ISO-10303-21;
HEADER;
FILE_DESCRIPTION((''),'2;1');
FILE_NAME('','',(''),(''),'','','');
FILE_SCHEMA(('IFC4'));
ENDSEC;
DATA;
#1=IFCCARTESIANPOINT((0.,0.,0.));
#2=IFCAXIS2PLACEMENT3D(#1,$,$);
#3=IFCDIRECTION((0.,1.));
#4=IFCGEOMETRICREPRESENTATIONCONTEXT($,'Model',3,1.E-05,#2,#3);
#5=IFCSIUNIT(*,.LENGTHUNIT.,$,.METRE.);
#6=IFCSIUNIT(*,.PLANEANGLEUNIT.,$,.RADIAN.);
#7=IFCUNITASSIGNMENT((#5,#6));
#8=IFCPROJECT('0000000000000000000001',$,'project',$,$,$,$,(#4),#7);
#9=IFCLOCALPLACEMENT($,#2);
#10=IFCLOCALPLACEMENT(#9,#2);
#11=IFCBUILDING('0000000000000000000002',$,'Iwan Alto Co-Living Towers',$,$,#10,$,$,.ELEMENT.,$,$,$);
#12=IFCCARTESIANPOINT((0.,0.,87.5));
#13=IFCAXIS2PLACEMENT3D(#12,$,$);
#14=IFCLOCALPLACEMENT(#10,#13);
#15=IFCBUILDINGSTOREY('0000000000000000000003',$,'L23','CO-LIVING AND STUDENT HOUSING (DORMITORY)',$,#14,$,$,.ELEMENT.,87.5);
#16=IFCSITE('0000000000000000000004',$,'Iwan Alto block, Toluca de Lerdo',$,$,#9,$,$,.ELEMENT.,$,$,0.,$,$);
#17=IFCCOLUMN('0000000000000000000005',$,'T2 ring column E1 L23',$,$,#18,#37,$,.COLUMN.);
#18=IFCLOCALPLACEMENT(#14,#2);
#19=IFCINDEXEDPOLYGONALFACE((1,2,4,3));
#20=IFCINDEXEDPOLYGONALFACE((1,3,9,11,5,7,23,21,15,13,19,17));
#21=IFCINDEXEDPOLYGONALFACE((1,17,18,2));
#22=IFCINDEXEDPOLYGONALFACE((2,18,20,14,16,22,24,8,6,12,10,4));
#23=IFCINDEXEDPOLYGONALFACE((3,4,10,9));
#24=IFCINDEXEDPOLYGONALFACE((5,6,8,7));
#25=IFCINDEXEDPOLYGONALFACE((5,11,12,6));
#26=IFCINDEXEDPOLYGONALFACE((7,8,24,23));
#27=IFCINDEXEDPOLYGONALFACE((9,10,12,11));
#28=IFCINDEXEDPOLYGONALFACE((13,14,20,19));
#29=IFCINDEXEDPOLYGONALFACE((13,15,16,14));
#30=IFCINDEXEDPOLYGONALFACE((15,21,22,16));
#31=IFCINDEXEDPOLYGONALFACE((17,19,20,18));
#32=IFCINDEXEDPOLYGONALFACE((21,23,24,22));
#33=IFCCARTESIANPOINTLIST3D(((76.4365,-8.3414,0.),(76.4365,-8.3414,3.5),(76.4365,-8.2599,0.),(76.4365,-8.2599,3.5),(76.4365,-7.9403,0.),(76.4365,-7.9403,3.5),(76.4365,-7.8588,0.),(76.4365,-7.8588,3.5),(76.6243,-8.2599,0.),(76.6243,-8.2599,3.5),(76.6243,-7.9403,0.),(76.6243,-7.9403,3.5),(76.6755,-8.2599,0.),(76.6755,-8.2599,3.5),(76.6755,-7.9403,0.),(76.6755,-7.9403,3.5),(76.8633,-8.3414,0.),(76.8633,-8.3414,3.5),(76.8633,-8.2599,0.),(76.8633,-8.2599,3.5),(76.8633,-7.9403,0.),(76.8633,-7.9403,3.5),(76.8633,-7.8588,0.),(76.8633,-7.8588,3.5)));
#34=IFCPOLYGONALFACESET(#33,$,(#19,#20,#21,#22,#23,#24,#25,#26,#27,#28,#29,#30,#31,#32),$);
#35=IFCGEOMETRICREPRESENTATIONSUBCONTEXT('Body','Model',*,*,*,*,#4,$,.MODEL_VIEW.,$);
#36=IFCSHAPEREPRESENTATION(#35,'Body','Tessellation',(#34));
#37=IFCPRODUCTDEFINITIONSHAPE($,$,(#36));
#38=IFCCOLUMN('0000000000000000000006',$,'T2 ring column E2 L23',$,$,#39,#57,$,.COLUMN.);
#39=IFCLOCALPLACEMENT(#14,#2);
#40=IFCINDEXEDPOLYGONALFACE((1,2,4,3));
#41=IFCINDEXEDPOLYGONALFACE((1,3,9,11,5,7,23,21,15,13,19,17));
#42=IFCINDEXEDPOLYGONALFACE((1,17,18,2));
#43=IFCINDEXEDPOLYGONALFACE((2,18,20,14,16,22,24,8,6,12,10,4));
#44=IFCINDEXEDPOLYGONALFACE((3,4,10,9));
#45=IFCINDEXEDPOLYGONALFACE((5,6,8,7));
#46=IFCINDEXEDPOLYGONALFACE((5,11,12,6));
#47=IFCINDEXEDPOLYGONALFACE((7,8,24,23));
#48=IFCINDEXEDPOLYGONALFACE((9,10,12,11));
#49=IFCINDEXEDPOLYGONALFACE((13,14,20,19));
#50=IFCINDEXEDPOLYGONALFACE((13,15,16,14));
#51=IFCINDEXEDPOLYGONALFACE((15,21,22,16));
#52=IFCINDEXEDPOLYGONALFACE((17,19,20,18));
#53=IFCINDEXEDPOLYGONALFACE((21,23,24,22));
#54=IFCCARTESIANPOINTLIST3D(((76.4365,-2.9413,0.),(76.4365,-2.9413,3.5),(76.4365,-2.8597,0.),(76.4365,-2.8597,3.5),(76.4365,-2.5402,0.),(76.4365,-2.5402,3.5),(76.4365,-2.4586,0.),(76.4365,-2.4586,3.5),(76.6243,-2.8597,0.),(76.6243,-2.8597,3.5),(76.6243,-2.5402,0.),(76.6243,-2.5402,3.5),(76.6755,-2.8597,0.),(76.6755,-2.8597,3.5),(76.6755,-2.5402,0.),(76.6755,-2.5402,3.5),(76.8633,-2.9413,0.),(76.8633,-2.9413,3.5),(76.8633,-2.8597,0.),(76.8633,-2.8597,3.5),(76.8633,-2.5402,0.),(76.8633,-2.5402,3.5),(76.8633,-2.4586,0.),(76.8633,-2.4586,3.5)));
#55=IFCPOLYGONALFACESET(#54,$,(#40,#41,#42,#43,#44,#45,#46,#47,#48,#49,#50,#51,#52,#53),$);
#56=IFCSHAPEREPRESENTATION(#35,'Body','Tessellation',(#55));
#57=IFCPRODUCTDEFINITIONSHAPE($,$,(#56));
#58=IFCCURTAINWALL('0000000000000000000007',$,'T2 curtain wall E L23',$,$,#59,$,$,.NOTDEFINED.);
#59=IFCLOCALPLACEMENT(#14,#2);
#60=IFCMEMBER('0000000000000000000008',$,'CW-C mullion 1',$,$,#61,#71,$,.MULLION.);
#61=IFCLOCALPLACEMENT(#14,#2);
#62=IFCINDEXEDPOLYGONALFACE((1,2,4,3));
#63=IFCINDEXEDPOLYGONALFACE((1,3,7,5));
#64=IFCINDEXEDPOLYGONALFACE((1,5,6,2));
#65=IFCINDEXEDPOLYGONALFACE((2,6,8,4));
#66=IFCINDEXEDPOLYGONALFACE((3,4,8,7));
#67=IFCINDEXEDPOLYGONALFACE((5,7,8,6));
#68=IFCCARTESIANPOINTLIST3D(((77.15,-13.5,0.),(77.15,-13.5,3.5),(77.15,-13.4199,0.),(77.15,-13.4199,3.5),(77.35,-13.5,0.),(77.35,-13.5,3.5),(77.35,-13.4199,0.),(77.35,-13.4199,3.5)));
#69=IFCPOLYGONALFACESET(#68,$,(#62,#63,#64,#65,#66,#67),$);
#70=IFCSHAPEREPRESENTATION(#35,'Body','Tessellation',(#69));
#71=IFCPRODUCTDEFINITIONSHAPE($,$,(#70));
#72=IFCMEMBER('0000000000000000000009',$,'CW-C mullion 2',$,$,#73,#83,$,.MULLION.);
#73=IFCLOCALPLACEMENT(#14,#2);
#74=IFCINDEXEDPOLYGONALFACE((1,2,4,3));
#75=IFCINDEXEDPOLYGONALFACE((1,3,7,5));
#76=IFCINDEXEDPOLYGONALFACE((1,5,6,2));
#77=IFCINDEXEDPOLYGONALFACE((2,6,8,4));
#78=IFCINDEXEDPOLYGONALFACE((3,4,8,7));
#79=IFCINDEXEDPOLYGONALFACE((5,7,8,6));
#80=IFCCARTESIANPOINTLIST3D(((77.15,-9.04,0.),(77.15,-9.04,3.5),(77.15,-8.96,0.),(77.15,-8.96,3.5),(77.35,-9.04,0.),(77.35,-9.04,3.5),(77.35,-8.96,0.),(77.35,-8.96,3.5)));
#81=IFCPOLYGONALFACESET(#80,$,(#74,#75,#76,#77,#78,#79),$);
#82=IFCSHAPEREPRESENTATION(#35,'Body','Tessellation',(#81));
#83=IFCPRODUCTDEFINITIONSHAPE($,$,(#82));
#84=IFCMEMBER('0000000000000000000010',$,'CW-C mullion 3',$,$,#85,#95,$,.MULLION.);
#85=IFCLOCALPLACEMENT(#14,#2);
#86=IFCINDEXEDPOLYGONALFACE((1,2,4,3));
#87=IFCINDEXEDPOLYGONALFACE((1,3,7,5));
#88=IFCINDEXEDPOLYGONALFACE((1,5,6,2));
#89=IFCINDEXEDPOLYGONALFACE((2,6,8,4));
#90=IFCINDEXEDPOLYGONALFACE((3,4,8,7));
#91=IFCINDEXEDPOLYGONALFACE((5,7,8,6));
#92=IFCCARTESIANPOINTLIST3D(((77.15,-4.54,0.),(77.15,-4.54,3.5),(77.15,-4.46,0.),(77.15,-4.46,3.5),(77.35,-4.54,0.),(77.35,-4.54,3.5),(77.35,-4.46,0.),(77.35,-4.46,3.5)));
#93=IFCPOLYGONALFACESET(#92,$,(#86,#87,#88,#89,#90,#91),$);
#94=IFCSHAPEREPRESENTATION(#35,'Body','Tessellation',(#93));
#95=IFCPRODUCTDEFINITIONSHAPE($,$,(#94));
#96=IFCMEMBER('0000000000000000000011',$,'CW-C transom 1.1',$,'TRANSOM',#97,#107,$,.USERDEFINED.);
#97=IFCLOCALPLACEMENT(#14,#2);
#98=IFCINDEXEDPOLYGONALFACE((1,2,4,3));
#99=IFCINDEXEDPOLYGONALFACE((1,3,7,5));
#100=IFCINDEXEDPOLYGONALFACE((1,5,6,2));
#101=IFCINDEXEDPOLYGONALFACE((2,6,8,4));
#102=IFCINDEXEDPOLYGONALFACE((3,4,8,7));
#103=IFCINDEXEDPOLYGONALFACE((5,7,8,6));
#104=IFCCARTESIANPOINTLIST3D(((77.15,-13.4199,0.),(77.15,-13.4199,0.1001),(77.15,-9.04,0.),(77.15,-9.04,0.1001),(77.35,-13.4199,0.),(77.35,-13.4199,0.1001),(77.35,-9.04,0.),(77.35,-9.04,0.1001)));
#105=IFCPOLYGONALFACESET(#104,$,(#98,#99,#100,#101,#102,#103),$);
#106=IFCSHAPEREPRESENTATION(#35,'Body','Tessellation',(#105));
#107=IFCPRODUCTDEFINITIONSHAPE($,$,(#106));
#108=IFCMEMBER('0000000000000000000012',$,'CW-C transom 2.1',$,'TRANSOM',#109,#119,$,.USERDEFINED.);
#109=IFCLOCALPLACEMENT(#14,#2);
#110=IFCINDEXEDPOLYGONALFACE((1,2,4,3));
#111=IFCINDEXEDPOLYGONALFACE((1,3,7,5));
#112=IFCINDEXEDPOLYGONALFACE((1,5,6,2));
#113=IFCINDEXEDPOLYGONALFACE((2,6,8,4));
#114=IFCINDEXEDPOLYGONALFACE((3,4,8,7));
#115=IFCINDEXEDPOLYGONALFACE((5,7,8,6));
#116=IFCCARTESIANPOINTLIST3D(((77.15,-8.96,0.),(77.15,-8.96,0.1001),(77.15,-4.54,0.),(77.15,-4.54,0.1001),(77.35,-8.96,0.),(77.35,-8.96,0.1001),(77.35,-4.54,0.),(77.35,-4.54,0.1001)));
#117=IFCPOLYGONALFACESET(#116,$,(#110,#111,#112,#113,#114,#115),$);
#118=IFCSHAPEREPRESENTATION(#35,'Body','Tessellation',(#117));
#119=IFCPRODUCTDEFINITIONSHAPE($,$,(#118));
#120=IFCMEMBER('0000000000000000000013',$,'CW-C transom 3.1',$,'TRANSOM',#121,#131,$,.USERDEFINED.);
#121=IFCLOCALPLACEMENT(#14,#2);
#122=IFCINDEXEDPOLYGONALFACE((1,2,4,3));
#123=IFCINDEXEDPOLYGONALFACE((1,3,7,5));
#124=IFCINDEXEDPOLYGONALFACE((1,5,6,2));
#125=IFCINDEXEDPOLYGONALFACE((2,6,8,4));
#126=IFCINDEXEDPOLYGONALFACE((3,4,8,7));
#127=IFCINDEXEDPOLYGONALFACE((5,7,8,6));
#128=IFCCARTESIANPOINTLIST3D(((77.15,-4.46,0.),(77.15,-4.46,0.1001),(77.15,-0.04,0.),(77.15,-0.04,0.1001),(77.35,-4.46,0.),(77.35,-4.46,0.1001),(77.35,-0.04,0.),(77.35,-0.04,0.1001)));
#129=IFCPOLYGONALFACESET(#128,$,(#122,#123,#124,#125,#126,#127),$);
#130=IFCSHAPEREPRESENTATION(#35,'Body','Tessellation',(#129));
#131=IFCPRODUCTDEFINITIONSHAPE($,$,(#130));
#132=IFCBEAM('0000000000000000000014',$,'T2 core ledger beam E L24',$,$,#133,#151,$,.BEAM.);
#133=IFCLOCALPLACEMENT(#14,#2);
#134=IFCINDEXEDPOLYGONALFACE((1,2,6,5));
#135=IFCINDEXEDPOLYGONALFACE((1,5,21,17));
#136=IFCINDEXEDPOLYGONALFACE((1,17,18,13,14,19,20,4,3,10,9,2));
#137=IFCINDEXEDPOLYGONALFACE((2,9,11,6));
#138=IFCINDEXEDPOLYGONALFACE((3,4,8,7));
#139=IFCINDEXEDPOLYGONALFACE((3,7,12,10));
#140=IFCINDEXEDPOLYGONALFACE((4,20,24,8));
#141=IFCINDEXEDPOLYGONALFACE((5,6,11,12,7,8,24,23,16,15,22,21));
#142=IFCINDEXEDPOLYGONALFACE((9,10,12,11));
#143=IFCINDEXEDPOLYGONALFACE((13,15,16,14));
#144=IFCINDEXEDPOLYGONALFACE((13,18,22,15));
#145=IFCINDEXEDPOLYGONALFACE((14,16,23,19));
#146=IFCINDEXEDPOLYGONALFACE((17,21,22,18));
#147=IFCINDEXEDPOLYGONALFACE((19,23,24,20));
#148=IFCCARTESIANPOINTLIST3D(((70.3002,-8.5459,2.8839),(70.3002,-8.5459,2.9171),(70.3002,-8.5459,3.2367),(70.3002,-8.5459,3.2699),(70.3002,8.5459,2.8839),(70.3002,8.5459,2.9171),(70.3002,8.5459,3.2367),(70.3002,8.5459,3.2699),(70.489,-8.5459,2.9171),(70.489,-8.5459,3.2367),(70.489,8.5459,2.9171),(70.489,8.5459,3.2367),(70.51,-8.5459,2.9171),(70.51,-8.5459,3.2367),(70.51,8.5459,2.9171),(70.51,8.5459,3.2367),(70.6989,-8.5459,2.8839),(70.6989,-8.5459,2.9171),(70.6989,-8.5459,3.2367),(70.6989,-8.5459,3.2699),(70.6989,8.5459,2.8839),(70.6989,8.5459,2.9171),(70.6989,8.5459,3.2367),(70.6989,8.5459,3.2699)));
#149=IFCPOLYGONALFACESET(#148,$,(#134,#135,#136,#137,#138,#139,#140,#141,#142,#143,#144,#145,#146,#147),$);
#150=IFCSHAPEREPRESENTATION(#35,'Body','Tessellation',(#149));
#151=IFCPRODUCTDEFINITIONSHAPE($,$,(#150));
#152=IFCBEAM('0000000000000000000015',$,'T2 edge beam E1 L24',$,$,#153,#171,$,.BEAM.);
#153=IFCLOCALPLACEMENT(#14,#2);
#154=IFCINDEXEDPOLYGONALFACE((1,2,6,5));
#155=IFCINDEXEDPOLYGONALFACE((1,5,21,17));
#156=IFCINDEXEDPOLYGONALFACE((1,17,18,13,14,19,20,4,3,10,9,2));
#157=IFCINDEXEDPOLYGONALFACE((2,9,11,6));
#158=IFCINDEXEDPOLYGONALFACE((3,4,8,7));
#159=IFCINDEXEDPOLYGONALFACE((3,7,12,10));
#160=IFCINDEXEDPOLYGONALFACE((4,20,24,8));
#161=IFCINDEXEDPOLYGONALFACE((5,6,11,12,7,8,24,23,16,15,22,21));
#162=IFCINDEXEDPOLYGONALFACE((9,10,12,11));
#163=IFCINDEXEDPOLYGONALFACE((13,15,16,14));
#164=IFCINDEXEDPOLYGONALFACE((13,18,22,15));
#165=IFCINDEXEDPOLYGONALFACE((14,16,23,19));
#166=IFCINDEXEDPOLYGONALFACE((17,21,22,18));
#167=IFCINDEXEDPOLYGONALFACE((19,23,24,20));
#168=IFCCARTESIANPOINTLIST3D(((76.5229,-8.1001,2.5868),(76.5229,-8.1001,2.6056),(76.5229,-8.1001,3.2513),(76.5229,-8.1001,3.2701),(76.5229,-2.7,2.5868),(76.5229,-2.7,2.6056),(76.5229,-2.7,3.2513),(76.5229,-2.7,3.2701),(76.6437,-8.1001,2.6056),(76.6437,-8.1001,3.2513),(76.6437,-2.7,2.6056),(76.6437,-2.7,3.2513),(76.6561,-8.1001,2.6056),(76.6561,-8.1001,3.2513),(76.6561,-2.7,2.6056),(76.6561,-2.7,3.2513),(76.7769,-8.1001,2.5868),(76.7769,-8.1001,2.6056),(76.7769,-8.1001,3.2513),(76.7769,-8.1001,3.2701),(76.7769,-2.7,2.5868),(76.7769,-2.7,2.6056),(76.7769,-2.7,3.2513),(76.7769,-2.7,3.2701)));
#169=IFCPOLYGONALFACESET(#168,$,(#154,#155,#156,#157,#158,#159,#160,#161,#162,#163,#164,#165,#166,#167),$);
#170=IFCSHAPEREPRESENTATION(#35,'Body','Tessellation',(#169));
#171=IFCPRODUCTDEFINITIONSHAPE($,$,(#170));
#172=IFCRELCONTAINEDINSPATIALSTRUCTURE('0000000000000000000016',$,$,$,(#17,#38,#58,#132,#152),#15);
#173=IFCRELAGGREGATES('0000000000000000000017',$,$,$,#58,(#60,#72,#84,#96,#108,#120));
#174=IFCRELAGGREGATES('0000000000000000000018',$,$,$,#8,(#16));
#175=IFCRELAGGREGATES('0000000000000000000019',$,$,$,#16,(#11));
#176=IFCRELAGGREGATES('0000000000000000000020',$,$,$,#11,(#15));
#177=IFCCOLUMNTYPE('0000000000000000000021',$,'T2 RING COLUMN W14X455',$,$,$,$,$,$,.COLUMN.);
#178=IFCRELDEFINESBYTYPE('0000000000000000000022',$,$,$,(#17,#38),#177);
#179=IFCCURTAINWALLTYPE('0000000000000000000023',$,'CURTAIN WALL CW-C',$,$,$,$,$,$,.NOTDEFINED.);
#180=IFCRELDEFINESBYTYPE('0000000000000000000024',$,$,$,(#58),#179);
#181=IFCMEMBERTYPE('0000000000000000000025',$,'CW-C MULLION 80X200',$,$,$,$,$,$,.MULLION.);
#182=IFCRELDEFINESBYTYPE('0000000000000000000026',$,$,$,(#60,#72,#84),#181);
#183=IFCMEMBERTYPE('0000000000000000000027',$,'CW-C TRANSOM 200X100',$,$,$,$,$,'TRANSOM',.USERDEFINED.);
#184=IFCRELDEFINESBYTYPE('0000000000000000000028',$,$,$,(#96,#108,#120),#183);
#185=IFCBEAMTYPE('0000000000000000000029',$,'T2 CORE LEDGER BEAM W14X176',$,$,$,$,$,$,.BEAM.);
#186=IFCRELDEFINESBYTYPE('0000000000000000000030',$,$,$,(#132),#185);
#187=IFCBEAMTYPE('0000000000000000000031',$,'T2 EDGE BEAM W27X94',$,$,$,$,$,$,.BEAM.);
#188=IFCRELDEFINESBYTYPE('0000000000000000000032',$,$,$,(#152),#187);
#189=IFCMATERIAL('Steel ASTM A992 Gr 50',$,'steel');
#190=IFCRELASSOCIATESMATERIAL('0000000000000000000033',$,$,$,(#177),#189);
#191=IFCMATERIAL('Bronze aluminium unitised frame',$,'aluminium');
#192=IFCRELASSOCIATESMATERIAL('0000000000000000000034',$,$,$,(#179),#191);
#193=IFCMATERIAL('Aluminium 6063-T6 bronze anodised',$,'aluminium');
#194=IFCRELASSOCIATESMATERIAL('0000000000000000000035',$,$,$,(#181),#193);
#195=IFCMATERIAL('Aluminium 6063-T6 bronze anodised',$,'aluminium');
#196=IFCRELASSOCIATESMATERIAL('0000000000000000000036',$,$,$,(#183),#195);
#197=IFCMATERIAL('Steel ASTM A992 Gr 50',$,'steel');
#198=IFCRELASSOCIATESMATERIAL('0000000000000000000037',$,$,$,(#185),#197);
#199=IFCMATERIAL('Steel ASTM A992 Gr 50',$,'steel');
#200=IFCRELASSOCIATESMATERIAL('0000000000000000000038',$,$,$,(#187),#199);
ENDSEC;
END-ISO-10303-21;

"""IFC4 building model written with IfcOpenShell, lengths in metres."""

from ifc_helpers import new_model, si_unit, direction, frame, origin, origin_2d, place, context, subcontext, project, spatial, rectangle, i_section, extrude, material, material_profile, profile_set, type_object, element, aggregate, save


model = new_model("IFC4")

# Units and contexts
model_context = context("Model", 3, precision=1e-05, world=origin(), true_north=direction((0.0, 1.0)))
body_context = subcontext(model_context, "Body", "Model", "MODEL_VIEW")
ifc_project = project(units=[si_unit("LENGTHUNIT", "METRE"), si_unit("PLANEANGLEUNIT", "RADIAN")], contexts=[model_context])

# Site, building, storey
site_placement = place(None, origin())
site = spatial("IfcSite", under=ifc_project, at=site_placement, Name="Iwan Alto block, Toluca de Lerdo", CompositionType="ELEMENT", RefElevation=0.0)
building_placement = place(site_placement, origin())
building = spatial("IfcBuilding", under=site, at=building_placement, Name="Iwan Alto Co-Living Towers", CompositionType="ELEMENT")
storey_placement = place(building_placement, frame((0.0, 0.0, 87.5)))
storey = spatial("IfcBuildingStorey", under=building, at=storey_placement, Name="L23", Description="CO-LIVING AND STUDENT HOUSING (DORMITORY)", CompositionType="ELEMENT", Elevation=87.5)

# Columns
ifc_material_1 = material(Name="Steel ASTM A992 Gr 50", Category="steel")
ifc_material_profile_1 = material_profile(ifc_material_1, i_section(OverallWidth=0.4268, OverallDepth=0.4827, WebThickness=0.0513, FlangeThickness=0.0815, at=origin_2d()), Name="W14X455")
ifc_profile_set_1 = profile_set([ifc_material_profile_1], Name="Steel ASTM A992 Gr 50")
column_type = type_object("IfcColumnType", Name="T2 RING COLUMN W14X455", PredefinedType="COLUMN", material=ifc_profile_set_1)
for number, where, z_axis, x_axis, name in (
    (1, (76.6499, -8.1001, 0.0), (0.0, 0.0, 1.0), (1.0, 0.0, 0.0), "T2 ring column E1 L23"),
    (2, (76.6499, -2.7, 0.0), (0.0, 0.0, 1.0), (1.0, 0.0, 0.0), "T2 ring column E2 L23"),
):
    element("IfcColumn", number, at=place(storey_placement, frame(where, z_axis=z_axis, x_axis=x_axis)), inside=storey, type_object=column_type, Name=name, PredefinedType="COLUMN", context=body_context, shape_type="SweptSolid", body=[
        extrude(i_section(OverallWidth=0.4268, OverallDepth=0.4827, WebThickness=0.0513, FlangeThickness=0.0815, at=origin_2d()), origin(), (0.0, 0.0, 1.0), 3.5),
    ])

# Curtain wall, members
ifc_material_2 = material(Name="Bronze aluminium unitised frame", Category="aluminium")
curtain_wall_type = type_object("IfcCurtainWallType", Name="CURTAIN WALL CW-C", PredefinedType="NOTDEFINED", material=ifc_material_2)
curtain_wall_placement = place(storey_placement, origin())
curtain_wall = element("IfcCurtainWall", 3, at=curtain_wall_placement, inside=storey, type_object=curtain_wall_type, Name="T2 curtain wall E L23", PredefinedType="NOTDEFINED")
ifc_material_3 = material(Name="Aluminium 6063-T6 bronze anodised", Category="aluminium")
ifc_material_profile_2 = material_profile(ifc_material_3, rectangle(XDim=0.2, YDim=0.0801, at=origin_2d()), Name="AL 80X200")
ifc_profile_set_2 = profile_set([ifc_material_profile_2], Name="Aluminium 6063-T6 bronze anodised")
member_type_1 = type_object("IfcMemberType", Name="CW-C MULLION 80X200", PredefinedType="MULLION", material=ifc_profile_set_2)
member_1_placement = place(storey_placement, frame((77.25, -13.46, 0.0), z_axis=(0.0, 0.0, 1.0), x_axis=(-1.0, 0.0, 0.0)))
member_1 = element("IfcMember", 4, at=member_1_placement, type_object=member_type_1, Name="CW-C mullion 1", PredefinedType="MULLION", context=body_context, shape_type="SweptSolid", body=[
    extrude(rectangle(XDim=0.2, YDim=0.0801, at=origin_2d()), origin(), (0.0, 0.0, 1.0), 3.5),
])
member_2_placement = place(storey_placement, frame((77.25, -9.0, 0.0), z_axis=(0.0, 0.0, 1.0), x_axis=(-1.0, 0.0, 0.0)))
member_2 = element("IfcMember", 5, at=member_2_placement, type_object=member_type_1, Name="CW-C mullion 2", PredefinedType="MULLION", context=body_context, shape_type="SweptSolid", body=[
    extrude(rectangle(XDim=0.2, YDim=0.0801, at=origin_2d()), origin(), (0.0, 0.0, 1.0), 3.5),
])
member_3_placement = place(storey_placement, frame((77.25, -4.5, 0.0), z_axis=(0.0, 0.0, 1.0), x_axis=(-1.0, 0.0, 0.0)))
member_3 = element("IfcMember", 6, at=member_3_placement, type_object=member_type_1, Name="CW-C mullion 3", PredefinedType="MULLION", context=body_context, shape_type="SweptSolid", body=[
    extrude(rectangle(XDim=0.2, YDim=0.0801, at=origin_2d()), origin(), (0.0, 0.0, 1.0), 3.5),
])
ifc_material_4 = material(Name="Aluminium 6063-T6 bronze anodised", Category="aluminium")
ifc_material_profile_3 = material_profile(ifc_material_4, rectangle(XDim=0.2, YDim=0.1001, at=origin_2d()), Name="AL 200X100")
ifc_profile_set_3 = profile_set([ifc_material_profile_3], Name="Aluminium 6063-T6 bronze anodised")
member_type_2 = type_object("IfcMemberType", Name="CW-C TRANSOM 200X100", ElementType="TRANSOM", PredefinedType="USERDEFINED", material=ifc_profile_set_3)
member_4_placement = place(storey_placement, frame((77.25, -13.4199, 0.05), z_axis=(0.0, 1.0, 0.0), x_axis=(-1.0, 0.0, 0.0)))
member_4 = element("IfcMember", 7, at=member_4_placement, type_object=member_type_2, Name="CW-C transom 1.1", ObjectType="TRANSOM", PredefinedType="USERDEFINED", context=body_context, shape_type="SweptSolid", body=[
    extrude(rectangle(XDim=0.2, YDim=0.1001, at=origin_2d()), origin(), (0.0, 0.0, 1.0), 4.3799),
])
member_5_placement = place(storey_placement, frame((77.25, -8.96, 0.05), z_axis=(0.0, 1.0, 0.0), x_axis=(-1.0, 0.0, 0.0)))
member_5 = element("IfcMember", 8, at=member_5_placement, type_object=member_type_2, Name="CW-C transom 2.1", ObjectType="TRANSOM", PredefinedType="USERDEFINED", context=body_context, shape_type="SweptSolid", body=[
    extrude(rectangle(XDim=0.2, YDim=0.1001, at=origin_2d()), origin(), (0.0, 0.0, 1.0), 4.4199),
])
member_6_placement = place(storey_placement, frame((77.25, -4.46, 0.05), z_axis=(0.0, 1.0, 0.0), x_axis=(-1.0, 0.0, 0.0)))
member_6 = element("IfcMember", 9, at=member_6_placement, type_object=member_type_2, Name="CW-C transom 3.1", ObjectType="TRANSOM", PredefinedType="USERDEFINED", context=body_context, shape_type="SweptSolid", body=[
    extrude(rectangle(XDim=0.2, YDim=0.1001, at=origin_2d()), origin(), (0.0, 0.0, 1.0), 4.4199),
])

# Beams
ifc_material_5 = material(Name="Steel ASTM A992 Gr 50", Category="steel")
ifc_material_profile_4 = material_profile(ifc_material_5, i_section(OverallWidth=0.3987, OverallDepth=0.386, WebThickness=0.021, FlangeThickness=0.0332, at=origin_2d()), Name="W14X176")
ifc_profile_set_4 = profile_set([ifc_material_profile_4], Name="Steel ASTM A992 Gr 50")
beam_type_1 = type_object("IfcBeamType", Name="T2 CORE LEDGER BEAM W14X176", PredefinedType="BEAM", material=ifc_profile_set_4)
beam_1_placement = place(storey_placement, frame((70.4995, -8.5459, 3.0769), z_axis=(0.0, 1.0, 0.0), x_axis=(-1.0, 0.0, 0.0)))
element("IfcBeam", 10, at=beam_1_placement, inside=storey, type_object=beam_type_1, Name="T2 core ledger beam E L24", PredefinedType="BEAM", context=body_context, shape_type="SweptSolid", body=[
    extrude(i_section(OverallWidth=0.3987, OverallDepth=0.386, WebThickness=0.021, FlangeThickness=0.0332, at=origin_2d()), origin(), (0.0, 0.0, 1.0), 17.0918),
])
ifc_material_6 = material(Name="Steel ASTM A992 Gr 50", Category="steel")
ifc_material_profile_5 = material_profile(ifc_material_6, i_section(OverallWidth=0.2539, OverallDepth=0.6833, WebThickness=0.0125, FlangeThickness=0.0188, at=origin_2d()), Name="W27X94")
ifc_profile_set_5 = profile_set([ifc_material_profile_5], Name="Steel ASTM A992 Gr 50")
beam_type_2 = type_object("IfcBeamType", Name="T2 EDGE BEAM W27X94", PredefinedType="BEAM", material=ifc_profile_set_5)
beam_2_placement = place(storey_placement, frame((76.6499, -8.1001, 2.9285), z_axis=(0.0, 1.0, 0.0), x_axis=(-1.0, 0.0, 0.0)))
element("IfcBeam", 11, at=beam_2_placement, inside=storey, type_object=beam_type_2, Name="T2 edge beam E1 L24", PredefinedType="BEAM", context=body_context, shape_type="SweptSolid", body=[
    extrude(i_section(OverallWidth=0.2539, OverallDepth=0.6833, WebThickness=0.0125, FlangeThickness=0.0188, at=origin_2d()), origin(), (0.0, 0.0, 1.0), 5.4001),
])

aggregate(curtain_wall, [member_1, member_2, member_3, member_4, member_5, member_6])

save(model, "model.ifc")
